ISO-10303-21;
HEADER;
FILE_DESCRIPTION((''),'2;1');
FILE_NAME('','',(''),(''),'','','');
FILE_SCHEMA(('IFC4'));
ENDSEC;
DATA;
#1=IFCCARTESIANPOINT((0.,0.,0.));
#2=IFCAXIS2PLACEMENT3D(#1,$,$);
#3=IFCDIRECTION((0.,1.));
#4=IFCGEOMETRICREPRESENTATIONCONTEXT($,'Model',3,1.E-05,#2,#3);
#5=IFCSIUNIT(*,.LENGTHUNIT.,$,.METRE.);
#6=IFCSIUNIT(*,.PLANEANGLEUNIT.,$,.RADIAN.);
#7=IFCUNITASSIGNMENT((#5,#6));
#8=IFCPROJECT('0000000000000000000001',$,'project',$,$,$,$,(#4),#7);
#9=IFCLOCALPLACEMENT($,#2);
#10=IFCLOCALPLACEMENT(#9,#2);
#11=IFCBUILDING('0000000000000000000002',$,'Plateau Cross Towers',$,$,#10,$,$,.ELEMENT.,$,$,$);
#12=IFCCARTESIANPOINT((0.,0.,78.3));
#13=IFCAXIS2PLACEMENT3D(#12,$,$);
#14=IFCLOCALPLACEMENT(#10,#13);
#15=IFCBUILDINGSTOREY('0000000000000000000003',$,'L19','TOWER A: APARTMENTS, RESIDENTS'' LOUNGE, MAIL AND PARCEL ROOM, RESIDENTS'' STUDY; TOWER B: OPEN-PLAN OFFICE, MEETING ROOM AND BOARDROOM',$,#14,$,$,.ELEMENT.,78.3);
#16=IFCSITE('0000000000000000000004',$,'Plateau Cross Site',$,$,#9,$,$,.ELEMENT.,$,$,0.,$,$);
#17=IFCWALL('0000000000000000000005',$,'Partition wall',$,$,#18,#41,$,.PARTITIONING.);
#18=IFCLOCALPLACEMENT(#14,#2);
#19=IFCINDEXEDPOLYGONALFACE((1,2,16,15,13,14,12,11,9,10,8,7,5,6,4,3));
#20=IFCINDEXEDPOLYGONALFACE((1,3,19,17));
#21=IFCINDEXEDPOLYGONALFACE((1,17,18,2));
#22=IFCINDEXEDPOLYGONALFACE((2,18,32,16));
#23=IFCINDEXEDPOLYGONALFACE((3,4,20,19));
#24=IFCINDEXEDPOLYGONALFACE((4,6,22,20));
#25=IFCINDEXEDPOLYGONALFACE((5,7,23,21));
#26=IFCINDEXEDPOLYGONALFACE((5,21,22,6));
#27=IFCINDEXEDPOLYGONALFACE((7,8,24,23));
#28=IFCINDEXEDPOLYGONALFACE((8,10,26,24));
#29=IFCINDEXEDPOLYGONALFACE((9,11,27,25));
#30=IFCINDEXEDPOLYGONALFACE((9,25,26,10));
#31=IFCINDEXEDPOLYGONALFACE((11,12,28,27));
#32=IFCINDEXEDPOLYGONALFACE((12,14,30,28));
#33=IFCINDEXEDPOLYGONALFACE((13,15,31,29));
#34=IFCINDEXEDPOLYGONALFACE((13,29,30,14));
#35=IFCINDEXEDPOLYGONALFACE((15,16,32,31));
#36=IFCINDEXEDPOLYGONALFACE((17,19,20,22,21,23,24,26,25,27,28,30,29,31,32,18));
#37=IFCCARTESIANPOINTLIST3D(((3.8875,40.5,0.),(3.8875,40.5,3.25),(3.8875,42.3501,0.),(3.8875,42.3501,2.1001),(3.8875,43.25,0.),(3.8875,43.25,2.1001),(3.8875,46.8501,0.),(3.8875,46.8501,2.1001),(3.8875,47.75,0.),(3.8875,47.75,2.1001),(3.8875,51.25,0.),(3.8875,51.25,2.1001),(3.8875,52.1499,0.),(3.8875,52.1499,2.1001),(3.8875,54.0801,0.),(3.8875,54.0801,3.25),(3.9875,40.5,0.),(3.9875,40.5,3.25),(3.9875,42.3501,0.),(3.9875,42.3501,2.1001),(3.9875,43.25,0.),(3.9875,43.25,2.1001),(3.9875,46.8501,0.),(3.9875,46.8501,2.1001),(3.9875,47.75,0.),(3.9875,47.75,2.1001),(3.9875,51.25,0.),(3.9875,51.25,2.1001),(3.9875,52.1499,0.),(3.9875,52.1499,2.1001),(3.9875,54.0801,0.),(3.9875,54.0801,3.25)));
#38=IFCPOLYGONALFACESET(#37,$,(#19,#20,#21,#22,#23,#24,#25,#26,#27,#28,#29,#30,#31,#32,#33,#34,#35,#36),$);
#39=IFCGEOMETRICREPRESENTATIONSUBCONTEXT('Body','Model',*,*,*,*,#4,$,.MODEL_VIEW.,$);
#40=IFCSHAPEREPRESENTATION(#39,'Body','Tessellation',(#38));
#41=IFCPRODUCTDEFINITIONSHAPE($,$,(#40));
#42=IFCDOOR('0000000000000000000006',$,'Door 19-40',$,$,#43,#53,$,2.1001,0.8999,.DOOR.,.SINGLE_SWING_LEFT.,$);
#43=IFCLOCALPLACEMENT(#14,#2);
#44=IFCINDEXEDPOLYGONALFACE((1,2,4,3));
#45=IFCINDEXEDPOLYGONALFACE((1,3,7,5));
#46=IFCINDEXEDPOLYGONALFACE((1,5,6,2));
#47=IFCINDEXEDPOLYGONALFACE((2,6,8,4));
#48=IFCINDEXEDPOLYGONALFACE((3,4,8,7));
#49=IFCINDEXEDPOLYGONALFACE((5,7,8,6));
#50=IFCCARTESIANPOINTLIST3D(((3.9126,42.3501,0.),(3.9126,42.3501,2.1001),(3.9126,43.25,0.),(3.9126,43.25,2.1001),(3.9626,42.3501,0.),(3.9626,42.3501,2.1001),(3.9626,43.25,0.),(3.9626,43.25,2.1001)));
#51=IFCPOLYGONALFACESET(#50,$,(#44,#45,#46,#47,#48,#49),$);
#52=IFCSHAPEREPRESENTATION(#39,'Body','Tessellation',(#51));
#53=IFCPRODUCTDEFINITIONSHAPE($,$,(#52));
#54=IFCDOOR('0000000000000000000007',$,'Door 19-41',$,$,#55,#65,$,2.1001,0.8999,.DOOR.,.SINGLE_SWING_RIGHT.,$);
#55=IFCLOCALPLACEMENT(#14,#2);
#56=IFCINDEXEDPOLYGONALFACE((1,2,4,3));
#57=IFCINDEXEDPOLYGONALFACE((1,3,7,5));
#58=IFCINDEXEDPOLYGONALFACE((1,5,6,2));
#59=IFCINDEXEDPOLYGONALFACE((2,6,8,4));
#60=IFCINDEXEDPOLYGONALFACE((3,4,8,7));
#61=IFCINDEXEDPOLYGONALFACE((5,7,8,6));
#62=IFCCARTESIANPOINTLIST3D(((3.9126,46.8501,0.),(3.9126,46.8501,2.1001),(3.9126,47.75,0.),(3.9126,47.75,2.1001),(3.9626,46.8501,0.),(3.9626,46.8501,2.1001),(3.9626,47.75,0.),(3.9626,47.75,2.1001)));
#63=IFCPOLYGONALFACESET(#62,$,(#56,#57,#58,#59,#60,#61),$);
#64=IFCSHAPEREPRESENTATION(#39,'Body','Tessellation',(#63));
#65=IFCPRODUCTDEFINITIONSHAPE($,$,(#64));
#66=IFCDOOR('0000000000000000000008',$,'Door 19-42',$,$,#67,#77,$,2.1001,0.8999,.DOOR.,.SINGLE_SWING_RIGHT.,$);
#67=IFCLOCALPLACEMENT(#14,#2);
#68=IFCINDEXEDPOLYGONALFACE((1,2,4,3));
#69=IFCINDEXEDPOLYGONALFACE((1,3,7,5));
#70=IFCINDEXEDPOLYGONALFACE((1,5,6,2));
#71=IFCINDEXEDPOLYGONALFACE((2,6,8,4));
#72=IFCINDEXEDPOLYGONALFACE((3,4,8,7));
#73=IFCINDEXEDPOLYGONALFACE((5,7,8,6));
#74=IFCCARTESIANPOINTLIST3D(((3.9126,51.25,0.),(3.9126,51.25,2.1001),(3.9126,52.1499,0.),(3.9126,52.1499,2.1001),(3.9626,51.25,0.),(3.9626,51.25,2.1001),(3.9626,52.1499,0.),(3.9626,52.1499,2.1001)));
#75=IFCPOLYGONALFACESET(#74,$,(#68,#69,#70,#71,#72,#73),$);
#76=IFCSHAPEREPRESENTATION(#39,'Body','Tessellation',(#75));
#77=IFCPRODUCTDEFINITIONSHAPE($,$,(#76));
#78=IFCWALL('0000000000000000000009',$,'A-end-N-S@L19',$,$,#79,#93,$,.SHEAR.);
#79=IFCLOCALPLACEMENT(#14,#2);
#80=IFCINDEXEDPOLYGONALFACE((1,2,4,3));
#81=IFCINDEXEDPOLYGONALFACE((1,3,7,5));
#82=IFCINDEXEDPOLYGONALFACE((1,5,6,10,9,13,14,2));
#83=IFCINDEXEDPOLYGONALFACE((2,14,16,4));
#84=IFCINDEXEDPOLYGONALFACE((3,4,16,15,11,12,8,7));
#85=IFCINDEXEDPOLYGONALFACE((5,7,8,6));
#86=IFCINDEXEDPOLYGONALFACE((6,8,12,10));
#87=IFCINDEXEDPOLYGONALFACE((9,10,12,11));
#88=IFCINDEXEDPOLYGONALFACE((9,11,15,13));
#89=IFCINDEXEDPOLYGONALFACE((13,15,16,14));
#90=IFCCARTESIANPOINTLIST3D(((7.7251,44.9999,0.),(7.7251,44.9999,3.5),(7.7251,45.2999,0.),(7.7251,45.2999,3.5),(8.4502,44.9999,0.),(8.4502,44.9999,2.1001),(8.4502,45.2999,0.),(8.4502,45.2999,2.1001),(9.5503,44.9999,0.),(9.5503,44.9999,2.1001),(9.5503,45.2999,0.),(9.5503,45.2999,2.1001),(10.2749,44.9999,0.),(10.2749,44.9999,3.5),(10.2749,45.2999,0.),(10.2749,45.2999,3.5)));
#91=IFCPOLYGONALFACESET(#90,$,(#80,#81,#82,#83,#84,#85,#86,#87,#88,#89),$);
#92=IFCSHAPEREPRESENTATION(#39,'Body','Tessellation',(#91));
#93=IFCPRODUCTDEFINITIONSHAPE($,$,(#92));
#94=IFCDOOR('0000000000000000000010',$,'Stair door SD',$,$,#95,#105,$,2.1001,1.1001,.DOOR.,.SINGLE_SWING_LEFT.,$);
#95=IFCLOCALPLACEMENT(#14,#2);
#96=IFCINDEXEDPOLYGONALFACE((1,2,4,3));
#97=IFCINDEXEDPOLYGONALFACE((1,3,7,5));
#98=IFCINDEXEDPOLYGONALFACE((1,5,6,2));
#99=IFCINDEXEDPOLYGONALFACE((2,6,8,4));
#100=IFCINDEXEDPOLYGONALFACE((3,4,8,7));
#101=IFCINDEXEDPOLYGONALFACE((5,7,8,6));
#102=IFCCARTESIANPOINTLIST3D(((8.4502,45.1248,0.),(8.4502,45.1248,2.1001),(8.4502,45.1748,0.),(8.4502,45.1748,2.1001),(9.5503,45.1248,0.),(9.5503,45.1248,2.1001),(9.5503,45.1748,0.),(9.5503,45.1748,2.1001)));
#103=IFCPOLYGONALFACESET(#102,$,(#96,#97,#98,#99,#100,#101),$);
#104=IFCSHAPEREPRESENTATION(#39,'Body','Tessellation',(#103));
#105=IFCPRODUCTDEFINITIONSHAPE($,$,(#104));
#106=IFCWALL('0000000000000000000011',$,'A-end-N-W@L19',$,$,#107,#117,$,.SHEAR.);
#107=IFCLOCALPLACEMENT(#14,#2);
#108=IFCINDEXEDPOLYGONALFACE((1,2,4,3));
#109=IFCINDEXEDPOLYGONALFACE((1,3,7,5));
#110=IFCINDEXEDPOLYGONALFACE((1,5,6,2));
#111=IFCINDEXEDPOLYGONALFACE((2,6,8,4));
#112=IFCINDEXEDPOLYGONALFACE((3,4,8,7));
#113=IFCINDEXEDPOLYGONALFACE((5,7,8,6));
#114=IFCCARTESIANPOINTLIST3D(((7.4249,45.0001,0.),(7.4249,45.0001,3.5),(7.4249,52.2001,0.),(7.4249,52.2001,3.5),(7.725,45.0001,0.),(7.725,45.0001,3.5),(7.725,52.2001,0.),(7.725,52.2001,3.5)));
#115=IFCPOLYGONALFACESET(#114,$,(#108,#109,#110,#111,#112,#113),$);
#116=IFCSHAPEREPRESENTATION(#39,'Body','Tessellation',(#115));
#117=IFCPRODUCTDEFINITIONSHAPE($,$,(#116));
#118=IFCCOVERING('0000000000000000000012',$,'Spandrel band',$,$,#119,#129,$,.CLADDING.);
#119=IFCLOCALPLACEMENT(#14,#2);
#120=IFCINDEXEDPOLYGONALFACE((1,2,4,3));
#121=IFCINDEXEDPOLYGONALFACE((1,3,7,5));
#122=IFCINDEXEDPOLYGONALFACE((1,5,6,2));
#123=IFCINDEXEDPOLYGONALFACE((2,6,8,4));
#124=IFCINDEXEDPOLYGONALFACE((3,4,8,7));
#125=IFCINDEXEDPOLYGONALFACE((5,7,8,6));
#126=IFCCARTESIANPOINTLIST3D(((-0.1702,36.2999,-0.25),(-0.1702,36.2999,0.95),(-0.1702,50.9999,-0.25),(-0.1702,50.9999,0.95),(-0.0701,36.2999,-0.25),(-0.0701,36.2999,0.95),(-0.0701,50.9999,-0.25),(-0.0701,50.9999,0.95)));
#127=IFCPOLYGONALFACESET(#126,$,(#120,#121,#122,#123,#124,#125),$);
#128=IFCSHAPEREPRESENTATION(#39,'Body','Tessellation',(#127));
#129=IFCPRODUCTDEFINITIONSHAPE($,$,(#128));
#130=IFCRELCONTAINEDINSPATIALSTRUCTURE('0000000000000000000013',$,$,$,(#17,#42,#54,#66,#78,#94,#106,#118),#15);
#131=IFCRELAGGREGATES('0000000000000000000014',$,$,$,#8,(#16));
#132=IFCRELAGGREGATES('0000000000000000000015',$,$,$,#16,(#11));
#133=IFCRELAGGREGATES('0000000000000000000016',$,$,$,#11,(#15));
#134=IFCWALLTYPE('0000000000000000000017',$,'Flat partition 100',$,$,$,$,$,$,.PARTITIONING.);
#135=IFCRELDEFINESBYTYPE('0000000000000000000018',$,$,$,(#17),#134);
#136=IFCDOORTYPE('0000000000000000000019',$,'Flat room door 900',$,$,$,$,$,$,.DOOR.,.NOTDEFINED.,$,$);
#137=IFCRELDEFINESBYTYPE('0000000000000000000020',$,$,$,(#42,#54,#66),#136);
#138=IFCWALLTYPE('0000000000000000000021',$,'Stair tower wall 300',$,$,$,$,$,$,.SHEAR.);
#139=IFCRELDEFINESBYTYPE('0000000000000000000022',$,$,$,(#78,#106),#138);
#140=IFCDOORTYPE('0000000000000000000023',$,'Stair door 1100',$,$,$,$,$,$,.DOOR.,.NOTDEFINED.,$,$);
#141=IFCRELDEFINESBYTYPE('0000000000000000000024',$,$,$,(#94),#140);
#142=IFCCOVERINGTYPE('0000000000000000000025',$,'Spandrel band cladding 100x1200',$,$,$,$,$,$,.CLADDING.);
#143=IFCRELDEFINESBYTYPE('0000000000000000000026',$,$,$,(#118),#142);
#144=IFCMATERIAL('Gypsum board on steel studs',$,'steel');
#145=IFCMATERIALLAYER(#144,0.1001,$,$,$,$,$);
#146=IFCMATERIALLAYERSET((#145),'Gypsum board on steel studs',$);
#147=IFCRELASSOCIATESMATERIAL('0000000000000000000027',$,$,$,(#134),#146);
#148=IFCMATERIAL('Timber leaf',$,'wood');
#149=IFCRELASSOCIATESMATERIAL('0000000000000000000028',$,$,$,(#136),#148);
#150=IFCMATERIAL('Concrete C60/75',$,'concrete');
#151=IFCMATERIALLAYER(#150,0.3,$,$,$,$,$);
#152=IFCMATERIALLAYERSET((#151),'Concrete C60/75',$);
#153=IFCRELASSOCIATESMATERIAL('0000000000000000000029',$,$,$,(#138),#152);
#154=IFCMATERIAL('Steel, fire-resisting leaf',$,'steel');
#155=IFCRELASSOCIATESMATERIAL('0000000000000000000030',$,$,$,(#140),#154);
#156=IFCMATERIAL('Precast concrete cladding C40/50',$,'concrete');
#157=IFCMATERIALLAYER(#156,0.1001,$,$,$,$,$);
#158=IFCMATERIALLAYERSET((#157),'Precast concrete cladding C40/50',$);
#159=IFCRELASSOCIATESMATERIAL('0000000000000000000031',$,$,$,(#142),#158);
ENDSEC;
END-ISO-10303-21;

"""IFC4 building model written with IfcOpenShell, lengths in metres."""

from ifc_helpers import new_model, si_unit, direction, frame, frame_2d, origin, origin_2d, place, context, subcontext, project, spatial, rectangle, extrude, material, layer, layer_set, type_object, element, fill, save


model = new_model("IFC4")

# Units and contexts
model_context = context("Model", 3, precision=1e-05, world=origin(), true_north=direction((0.0, 1.0)))
body_context = subcontext(model_context, "Body", "Model", "MODEL_VIEW")
ifc_project = project(units=[si_unit("LENGTHUNIT", "METRE"), si_unit("PLANEANGLEUNIT", "RADIAN")], contexts=[model_context])

# Site, building, storey
site_placement = place(None, origin())
site = spatial("IfcSite", under=ifc_project, at=site_placement, Name="Plateau Cross Site", CompositionType="ELEMENT", RefElevation=0.0)
building_placement = place(site_placement, origin())
building = spatial("IfcBuilding", under=site, at=building_placement, Name="Plateau Cross Towers", CompositionType="ELEMENT")
storey_placement = place(building_placement, frame((0.0, 0.0, 78.3)))
storey = spatial("IfcBuildingStorey", under=building, at=storey_placement, Name="L19", Description="TOWER A: APARTMENTS, RESIDENTS' LOUNGE, MAIL AND PARCEL ROOM, RESIDENTS' STUDY; TOWER B: OPEN-PLAN OFFICE, MEETING ROOM AND BOARDROOM", CompositionType="ELEMENT", Elevation=78.3)

# Shared definitions
ifc_material_1 = material(Name="Gypsum board on steel studs", Category="steel")
ifc_layer_1 = layer(ifc_material_1, 0.1001)
ifc_layer_set_1 = layer_set([ifc_layer_1], Name="Gypsum board on steel studs")
wall_type_1 = type_object("IfcWallType", Name="Flat partition 100", PredefinedType="PARTITIONING", material=ifc_layer_set_1)

# Shared definitions
ifc_material_2 = material(Name="Timber leaf", Category="wood")
door_type_1 = type_object("IfcDoorType", Name="Flat room door 900", OperationType="NOTDEFINED", PredefinedType="DOOR", material=ifc_material_2)

# Wall, openings, doors
wall_1_placement = place(storey_placement, frame((3.9375, 40.5, 0.0), z_axis=(0.0, 0.0, 1.0), x_axis=(0.0, 1.0, 0.0)))
wall_1 = element("IfcWall", 1, at=wall_1_placement, inside=storey, type_object=wall_type_1, Name="Partition wall", PredefinedType="PARTITIONING", context=body_context, shape_type="SweptSolid", body=[
    extrude(rectangle(XDim=13.5801, YDim=0.1001, at=frame_2d((6.79, 0.0))), origin(), (0.0, 0.0, 1.0), 3.25),
])
opening_1_placement = place(wall_1_placement, frame((1.8501, 0.0, 0.0)))
opening_1 = element("IfcOpeningElement", 2, at=opening_1_placement, cuts=wall_1, PredefinedType="OPENING", context=body_context, shape_type="SweptSolid", body=[
    extrude(rectangle(XDim=0.8999, YDim=2.1001, at=frame_2d((0.45, 1.05))), frame((0.0, 0.0601, 0.0), z_axis=(0.0, -1.0, 0.0), x_axis=(1.0, 0.0, 0.0)), (0.0, 0.0, 1.0), 0.1201),
])
opening_2_placement = place(wall_1_placement, frame((6.3501, 0.0, 0.0)))
opening_2 = element("IfcOpeningElement", 3, at=opening_2_placement, cuts=wall_1, PredefinedType="OPENING", context=body_context, shape_type="SweptSolid", body=[
    extrude(rectangle(XDim=0.8999, YDim=2.1001, at=frame_2d((0.45, 1.05))), frame((0.0, 0.0601, 0.0), z_axis=(0.0, -1.0, 0.0), x_axis=(1.0, 0.0, 0.0)), (0.0, 0.0, 1.0), 0.1201),
])
opening_3_placement = place(wall_1_placement, frame((10.75, 0.0, 0.0)))
opening_3 = element("IfcOpeningElement", 4, at=opening_3_placement, cuts=wall_1, PredefinedType="OPENING", context=body_context, shape_type="SweptSolid", body=[
    extrude(rectangle(XDim=0.8999, YDim=2.1001, at=frame_2d((0.45, 1.05))), frame((0.0, 0.0601, 0.0), z_axis=(0.0, -1.0, 0.0), x_axis=(1.0, 0.0, 0.0)), (0.0, 0.0, 1.0), 0.1201),
])
door_1_placement = place(opening_1_placement, origin())
door_1 = element("IfcDoor", 5, at=door_1_placement, inside=storey, type_object=door_type_1, Name="Door 19-40", OperationType="SINGLE_SWING_LEFT", OverallHeight=2.1001, OverallWidth=0.8999, PredefinedType="DOOR", context=body_context, shape_type="SweptSolid", body=[
    extrude(rectangle(XDim=0.8999, YDim=2.1001, at=frame_2d((0.45, 1.05))), frame((0.0, 0.0249, 0.0), z_axis=(0.0, -1.0, 0.0), x_axis=(1.0, 0.0, 0.0)), (0.0, 0.0, 1.0), 0.05),
])
fill(opening_1, door_1)
door_2_placement = place(opening_2_placement, origin())
door_2 = element("IfcDoor", 6, at=door_2_placement, inside=storey, type_object=door_type_1, Name="Door 19-41", OperationType="SINGLE_SWING_RIGHT", OverallHeight=2.1001, OverallWidth=0.8999, PredefinedType="DOOR", context=body_context, shape_type="SweptSolid", body=[
    extrude(rectangle(XDim=0.8999, YDim=2.1001, at=frame_2d((0.45, 1.05))), frame((0.0, 0.0249, 0.0), z_axis=(0.0, -1.0, 0.0), x_axis=(1.0, 0.0, 0.0)), (0.0, 0.0, 1.0), 0.05),
])
fill(opening_2, door_2)
door_3_placement = place(opening_3_placement, origin())
door_3 = element("IfcDoor", 7, at=door_3_placement, inside=storey, type_object=door_type_1, Name="Door 19-42", OperationType="SINGLE_SWING_RIGHT", OverallHeight=2.1001, OverallWidth=0.8999, PredefinedType="DOOR", context=body_context, shape_type="SweptSolid", body=[
    extrude(rectangle(XDim=0.8999, YDim=2.1001, at=frame_2d((0.45, 1.05))), frame((0.0, 0.0249, 0.0), z_axis=(0.0, -1.0, 0.0), x_axis=(1.0, 0.0, 0.0)), (0.0, 0.0, 1.0), 0.05),
])
fill(opening_3, door_3)

# Wall, opening, door
ifc_material_3 = material(Name="Concrete C60/75", Category="concrete")
ifc_layer_2 = layer(ifc_material_3, 0.3)
ifc_layer_set_2 = layer_set([ifc_layer_2], Name="Concrete C60/75")
wall_type_2 = type_object("IfcWallType", Name="Stair tower wall 300", PredefinedType="SHEAR", material=ifc_layer_set_2)
wall_2_placement = place(storey_placement, frame((7.7251, 45.1499, 0.0), z_axis=(0.0, 0.0, 1.0), x_axis=(1.0, 0.0, 0.0)))
wall_2 = element("IfcWall", 8, at=wall_2_placement, inside=storey, type_object=wall_type_2, Name="A-end-N-S@L19", PredefinedType="SHEAR", context=body_context, shape_type="SweptSolid", body=[
    extrude(rectangle(XDim=2.5498, YDim=0.3, at=frame_2d((1.2749, 0.0))), origin(), (0.0, 0.0, 1.0), 3.5),
])
opening_4_placement = place(wall_2_placement, frame((0.7251, 0.0, 0.0)))
opening_4 = element("IfcOpeningElement", 9, at=opening_4_placement, cuts=wall_2, PredefinedType="OPENING", context=body_context, shape_type="SweptSolid", body=[
    extrude(rectangle(XDim=1.1001, YDim=2.1001, at=frame_2d((0.55, 1.05))), frame((0.0, 0.1599, 0.0), z_axis=(0.0, -1.0, 0.0), x_axis=(1.0, 0.0, 0.0)), (0.0, 0.0, 1.0), 0.3201),
])
ifc_material_4 = material(Name="Steel, fire-resisting leaf", Category="steel")
door_type_2 = type_object("IfcDoorType", Name="Stair door 1100", OperationType="NOTDEFINED", PredefinedType="DOOR", material=ifc_material_4)
door_4_placement = place(opening_4_placement, origin())
door_4 = element("IfcDoor", 10, at=door_4_placement, inside=storey, type_object=door_type_2, Name="Stair door SD", OperationType="SINGLE_SWING_LEFT", OverallHeight=2.1001, OverallWidth=1.1001, PredefinedType="DOOR", context=body_context, shape_type="SweptSolid", body=[
    extrude(rectangle(XDim=1.1001, YDim=2.1001, at=frame_2d((0.55, 1.05))), frame((0.0, 0.0249, 0.0), z_axis=(0.0, -1.0, 0.0), x_axis=(1.0, 0.0, 0.0)), (0.0, 0.0, 1.0), 0.05),
])
fill(opening_4, door_4)

# Wall
wall_3_placement = place(storey_placement, frame((7.575, 45.0, 0.0), z_axis=(0.0, 0.0, 1.0), x_axis=(0.0, 1.0, 0.0)))
element("IfcWall", 11, at=wall_3_placement, inside=storey, type_object=wall_type_2, Name="A-end-N-W@L19", PredefinedType="SHEAR", context=body_context, shape_type="SweptSolid", body=[
    extrude(rectangle(XDim=7.2, YDim=0.3, at=frame_2d((3.6001, 0.0))), origin(), (0.0, 0.0, 1.0), 3.5),
])

# Covering
ifc_material_5 = material(Name="Precast concrete cladding C40/50", Category="concrete")
ifc_layer_3 = layer(ifc_material_5, 0.1001)
ifc_layer_set_3 = layer_set([ifc_layer_3], Name="Precast concrete cladding C40/50")
covering_type = type_object("IfcCoveringType", Name="Spandrel band cladding 100x1200", PredefinedType="CLADDING", material=ifc_layer_set_3)
covering_placement = place(storey_placement, frame((-0.1201, 43.6499, -0.25), z_axis=(0.0, 0.0, 1.0), x_axis=(0.0, -1.0, 0.0)))
element("IfcCovering", 12, at=covering_placement, inside=storey, type_object=covering_type, Name="Spandrel band", PredefinedType="CLADDING", context=body_context, shape_type="SweptSolid", body=[
    extrude(rectangle(XDim=14.7, YDim=0.1001, at=origin_2d()), origin(), (0.0, 0.0, 1.0), 1.2),
])

save(model, "model.ifc")
